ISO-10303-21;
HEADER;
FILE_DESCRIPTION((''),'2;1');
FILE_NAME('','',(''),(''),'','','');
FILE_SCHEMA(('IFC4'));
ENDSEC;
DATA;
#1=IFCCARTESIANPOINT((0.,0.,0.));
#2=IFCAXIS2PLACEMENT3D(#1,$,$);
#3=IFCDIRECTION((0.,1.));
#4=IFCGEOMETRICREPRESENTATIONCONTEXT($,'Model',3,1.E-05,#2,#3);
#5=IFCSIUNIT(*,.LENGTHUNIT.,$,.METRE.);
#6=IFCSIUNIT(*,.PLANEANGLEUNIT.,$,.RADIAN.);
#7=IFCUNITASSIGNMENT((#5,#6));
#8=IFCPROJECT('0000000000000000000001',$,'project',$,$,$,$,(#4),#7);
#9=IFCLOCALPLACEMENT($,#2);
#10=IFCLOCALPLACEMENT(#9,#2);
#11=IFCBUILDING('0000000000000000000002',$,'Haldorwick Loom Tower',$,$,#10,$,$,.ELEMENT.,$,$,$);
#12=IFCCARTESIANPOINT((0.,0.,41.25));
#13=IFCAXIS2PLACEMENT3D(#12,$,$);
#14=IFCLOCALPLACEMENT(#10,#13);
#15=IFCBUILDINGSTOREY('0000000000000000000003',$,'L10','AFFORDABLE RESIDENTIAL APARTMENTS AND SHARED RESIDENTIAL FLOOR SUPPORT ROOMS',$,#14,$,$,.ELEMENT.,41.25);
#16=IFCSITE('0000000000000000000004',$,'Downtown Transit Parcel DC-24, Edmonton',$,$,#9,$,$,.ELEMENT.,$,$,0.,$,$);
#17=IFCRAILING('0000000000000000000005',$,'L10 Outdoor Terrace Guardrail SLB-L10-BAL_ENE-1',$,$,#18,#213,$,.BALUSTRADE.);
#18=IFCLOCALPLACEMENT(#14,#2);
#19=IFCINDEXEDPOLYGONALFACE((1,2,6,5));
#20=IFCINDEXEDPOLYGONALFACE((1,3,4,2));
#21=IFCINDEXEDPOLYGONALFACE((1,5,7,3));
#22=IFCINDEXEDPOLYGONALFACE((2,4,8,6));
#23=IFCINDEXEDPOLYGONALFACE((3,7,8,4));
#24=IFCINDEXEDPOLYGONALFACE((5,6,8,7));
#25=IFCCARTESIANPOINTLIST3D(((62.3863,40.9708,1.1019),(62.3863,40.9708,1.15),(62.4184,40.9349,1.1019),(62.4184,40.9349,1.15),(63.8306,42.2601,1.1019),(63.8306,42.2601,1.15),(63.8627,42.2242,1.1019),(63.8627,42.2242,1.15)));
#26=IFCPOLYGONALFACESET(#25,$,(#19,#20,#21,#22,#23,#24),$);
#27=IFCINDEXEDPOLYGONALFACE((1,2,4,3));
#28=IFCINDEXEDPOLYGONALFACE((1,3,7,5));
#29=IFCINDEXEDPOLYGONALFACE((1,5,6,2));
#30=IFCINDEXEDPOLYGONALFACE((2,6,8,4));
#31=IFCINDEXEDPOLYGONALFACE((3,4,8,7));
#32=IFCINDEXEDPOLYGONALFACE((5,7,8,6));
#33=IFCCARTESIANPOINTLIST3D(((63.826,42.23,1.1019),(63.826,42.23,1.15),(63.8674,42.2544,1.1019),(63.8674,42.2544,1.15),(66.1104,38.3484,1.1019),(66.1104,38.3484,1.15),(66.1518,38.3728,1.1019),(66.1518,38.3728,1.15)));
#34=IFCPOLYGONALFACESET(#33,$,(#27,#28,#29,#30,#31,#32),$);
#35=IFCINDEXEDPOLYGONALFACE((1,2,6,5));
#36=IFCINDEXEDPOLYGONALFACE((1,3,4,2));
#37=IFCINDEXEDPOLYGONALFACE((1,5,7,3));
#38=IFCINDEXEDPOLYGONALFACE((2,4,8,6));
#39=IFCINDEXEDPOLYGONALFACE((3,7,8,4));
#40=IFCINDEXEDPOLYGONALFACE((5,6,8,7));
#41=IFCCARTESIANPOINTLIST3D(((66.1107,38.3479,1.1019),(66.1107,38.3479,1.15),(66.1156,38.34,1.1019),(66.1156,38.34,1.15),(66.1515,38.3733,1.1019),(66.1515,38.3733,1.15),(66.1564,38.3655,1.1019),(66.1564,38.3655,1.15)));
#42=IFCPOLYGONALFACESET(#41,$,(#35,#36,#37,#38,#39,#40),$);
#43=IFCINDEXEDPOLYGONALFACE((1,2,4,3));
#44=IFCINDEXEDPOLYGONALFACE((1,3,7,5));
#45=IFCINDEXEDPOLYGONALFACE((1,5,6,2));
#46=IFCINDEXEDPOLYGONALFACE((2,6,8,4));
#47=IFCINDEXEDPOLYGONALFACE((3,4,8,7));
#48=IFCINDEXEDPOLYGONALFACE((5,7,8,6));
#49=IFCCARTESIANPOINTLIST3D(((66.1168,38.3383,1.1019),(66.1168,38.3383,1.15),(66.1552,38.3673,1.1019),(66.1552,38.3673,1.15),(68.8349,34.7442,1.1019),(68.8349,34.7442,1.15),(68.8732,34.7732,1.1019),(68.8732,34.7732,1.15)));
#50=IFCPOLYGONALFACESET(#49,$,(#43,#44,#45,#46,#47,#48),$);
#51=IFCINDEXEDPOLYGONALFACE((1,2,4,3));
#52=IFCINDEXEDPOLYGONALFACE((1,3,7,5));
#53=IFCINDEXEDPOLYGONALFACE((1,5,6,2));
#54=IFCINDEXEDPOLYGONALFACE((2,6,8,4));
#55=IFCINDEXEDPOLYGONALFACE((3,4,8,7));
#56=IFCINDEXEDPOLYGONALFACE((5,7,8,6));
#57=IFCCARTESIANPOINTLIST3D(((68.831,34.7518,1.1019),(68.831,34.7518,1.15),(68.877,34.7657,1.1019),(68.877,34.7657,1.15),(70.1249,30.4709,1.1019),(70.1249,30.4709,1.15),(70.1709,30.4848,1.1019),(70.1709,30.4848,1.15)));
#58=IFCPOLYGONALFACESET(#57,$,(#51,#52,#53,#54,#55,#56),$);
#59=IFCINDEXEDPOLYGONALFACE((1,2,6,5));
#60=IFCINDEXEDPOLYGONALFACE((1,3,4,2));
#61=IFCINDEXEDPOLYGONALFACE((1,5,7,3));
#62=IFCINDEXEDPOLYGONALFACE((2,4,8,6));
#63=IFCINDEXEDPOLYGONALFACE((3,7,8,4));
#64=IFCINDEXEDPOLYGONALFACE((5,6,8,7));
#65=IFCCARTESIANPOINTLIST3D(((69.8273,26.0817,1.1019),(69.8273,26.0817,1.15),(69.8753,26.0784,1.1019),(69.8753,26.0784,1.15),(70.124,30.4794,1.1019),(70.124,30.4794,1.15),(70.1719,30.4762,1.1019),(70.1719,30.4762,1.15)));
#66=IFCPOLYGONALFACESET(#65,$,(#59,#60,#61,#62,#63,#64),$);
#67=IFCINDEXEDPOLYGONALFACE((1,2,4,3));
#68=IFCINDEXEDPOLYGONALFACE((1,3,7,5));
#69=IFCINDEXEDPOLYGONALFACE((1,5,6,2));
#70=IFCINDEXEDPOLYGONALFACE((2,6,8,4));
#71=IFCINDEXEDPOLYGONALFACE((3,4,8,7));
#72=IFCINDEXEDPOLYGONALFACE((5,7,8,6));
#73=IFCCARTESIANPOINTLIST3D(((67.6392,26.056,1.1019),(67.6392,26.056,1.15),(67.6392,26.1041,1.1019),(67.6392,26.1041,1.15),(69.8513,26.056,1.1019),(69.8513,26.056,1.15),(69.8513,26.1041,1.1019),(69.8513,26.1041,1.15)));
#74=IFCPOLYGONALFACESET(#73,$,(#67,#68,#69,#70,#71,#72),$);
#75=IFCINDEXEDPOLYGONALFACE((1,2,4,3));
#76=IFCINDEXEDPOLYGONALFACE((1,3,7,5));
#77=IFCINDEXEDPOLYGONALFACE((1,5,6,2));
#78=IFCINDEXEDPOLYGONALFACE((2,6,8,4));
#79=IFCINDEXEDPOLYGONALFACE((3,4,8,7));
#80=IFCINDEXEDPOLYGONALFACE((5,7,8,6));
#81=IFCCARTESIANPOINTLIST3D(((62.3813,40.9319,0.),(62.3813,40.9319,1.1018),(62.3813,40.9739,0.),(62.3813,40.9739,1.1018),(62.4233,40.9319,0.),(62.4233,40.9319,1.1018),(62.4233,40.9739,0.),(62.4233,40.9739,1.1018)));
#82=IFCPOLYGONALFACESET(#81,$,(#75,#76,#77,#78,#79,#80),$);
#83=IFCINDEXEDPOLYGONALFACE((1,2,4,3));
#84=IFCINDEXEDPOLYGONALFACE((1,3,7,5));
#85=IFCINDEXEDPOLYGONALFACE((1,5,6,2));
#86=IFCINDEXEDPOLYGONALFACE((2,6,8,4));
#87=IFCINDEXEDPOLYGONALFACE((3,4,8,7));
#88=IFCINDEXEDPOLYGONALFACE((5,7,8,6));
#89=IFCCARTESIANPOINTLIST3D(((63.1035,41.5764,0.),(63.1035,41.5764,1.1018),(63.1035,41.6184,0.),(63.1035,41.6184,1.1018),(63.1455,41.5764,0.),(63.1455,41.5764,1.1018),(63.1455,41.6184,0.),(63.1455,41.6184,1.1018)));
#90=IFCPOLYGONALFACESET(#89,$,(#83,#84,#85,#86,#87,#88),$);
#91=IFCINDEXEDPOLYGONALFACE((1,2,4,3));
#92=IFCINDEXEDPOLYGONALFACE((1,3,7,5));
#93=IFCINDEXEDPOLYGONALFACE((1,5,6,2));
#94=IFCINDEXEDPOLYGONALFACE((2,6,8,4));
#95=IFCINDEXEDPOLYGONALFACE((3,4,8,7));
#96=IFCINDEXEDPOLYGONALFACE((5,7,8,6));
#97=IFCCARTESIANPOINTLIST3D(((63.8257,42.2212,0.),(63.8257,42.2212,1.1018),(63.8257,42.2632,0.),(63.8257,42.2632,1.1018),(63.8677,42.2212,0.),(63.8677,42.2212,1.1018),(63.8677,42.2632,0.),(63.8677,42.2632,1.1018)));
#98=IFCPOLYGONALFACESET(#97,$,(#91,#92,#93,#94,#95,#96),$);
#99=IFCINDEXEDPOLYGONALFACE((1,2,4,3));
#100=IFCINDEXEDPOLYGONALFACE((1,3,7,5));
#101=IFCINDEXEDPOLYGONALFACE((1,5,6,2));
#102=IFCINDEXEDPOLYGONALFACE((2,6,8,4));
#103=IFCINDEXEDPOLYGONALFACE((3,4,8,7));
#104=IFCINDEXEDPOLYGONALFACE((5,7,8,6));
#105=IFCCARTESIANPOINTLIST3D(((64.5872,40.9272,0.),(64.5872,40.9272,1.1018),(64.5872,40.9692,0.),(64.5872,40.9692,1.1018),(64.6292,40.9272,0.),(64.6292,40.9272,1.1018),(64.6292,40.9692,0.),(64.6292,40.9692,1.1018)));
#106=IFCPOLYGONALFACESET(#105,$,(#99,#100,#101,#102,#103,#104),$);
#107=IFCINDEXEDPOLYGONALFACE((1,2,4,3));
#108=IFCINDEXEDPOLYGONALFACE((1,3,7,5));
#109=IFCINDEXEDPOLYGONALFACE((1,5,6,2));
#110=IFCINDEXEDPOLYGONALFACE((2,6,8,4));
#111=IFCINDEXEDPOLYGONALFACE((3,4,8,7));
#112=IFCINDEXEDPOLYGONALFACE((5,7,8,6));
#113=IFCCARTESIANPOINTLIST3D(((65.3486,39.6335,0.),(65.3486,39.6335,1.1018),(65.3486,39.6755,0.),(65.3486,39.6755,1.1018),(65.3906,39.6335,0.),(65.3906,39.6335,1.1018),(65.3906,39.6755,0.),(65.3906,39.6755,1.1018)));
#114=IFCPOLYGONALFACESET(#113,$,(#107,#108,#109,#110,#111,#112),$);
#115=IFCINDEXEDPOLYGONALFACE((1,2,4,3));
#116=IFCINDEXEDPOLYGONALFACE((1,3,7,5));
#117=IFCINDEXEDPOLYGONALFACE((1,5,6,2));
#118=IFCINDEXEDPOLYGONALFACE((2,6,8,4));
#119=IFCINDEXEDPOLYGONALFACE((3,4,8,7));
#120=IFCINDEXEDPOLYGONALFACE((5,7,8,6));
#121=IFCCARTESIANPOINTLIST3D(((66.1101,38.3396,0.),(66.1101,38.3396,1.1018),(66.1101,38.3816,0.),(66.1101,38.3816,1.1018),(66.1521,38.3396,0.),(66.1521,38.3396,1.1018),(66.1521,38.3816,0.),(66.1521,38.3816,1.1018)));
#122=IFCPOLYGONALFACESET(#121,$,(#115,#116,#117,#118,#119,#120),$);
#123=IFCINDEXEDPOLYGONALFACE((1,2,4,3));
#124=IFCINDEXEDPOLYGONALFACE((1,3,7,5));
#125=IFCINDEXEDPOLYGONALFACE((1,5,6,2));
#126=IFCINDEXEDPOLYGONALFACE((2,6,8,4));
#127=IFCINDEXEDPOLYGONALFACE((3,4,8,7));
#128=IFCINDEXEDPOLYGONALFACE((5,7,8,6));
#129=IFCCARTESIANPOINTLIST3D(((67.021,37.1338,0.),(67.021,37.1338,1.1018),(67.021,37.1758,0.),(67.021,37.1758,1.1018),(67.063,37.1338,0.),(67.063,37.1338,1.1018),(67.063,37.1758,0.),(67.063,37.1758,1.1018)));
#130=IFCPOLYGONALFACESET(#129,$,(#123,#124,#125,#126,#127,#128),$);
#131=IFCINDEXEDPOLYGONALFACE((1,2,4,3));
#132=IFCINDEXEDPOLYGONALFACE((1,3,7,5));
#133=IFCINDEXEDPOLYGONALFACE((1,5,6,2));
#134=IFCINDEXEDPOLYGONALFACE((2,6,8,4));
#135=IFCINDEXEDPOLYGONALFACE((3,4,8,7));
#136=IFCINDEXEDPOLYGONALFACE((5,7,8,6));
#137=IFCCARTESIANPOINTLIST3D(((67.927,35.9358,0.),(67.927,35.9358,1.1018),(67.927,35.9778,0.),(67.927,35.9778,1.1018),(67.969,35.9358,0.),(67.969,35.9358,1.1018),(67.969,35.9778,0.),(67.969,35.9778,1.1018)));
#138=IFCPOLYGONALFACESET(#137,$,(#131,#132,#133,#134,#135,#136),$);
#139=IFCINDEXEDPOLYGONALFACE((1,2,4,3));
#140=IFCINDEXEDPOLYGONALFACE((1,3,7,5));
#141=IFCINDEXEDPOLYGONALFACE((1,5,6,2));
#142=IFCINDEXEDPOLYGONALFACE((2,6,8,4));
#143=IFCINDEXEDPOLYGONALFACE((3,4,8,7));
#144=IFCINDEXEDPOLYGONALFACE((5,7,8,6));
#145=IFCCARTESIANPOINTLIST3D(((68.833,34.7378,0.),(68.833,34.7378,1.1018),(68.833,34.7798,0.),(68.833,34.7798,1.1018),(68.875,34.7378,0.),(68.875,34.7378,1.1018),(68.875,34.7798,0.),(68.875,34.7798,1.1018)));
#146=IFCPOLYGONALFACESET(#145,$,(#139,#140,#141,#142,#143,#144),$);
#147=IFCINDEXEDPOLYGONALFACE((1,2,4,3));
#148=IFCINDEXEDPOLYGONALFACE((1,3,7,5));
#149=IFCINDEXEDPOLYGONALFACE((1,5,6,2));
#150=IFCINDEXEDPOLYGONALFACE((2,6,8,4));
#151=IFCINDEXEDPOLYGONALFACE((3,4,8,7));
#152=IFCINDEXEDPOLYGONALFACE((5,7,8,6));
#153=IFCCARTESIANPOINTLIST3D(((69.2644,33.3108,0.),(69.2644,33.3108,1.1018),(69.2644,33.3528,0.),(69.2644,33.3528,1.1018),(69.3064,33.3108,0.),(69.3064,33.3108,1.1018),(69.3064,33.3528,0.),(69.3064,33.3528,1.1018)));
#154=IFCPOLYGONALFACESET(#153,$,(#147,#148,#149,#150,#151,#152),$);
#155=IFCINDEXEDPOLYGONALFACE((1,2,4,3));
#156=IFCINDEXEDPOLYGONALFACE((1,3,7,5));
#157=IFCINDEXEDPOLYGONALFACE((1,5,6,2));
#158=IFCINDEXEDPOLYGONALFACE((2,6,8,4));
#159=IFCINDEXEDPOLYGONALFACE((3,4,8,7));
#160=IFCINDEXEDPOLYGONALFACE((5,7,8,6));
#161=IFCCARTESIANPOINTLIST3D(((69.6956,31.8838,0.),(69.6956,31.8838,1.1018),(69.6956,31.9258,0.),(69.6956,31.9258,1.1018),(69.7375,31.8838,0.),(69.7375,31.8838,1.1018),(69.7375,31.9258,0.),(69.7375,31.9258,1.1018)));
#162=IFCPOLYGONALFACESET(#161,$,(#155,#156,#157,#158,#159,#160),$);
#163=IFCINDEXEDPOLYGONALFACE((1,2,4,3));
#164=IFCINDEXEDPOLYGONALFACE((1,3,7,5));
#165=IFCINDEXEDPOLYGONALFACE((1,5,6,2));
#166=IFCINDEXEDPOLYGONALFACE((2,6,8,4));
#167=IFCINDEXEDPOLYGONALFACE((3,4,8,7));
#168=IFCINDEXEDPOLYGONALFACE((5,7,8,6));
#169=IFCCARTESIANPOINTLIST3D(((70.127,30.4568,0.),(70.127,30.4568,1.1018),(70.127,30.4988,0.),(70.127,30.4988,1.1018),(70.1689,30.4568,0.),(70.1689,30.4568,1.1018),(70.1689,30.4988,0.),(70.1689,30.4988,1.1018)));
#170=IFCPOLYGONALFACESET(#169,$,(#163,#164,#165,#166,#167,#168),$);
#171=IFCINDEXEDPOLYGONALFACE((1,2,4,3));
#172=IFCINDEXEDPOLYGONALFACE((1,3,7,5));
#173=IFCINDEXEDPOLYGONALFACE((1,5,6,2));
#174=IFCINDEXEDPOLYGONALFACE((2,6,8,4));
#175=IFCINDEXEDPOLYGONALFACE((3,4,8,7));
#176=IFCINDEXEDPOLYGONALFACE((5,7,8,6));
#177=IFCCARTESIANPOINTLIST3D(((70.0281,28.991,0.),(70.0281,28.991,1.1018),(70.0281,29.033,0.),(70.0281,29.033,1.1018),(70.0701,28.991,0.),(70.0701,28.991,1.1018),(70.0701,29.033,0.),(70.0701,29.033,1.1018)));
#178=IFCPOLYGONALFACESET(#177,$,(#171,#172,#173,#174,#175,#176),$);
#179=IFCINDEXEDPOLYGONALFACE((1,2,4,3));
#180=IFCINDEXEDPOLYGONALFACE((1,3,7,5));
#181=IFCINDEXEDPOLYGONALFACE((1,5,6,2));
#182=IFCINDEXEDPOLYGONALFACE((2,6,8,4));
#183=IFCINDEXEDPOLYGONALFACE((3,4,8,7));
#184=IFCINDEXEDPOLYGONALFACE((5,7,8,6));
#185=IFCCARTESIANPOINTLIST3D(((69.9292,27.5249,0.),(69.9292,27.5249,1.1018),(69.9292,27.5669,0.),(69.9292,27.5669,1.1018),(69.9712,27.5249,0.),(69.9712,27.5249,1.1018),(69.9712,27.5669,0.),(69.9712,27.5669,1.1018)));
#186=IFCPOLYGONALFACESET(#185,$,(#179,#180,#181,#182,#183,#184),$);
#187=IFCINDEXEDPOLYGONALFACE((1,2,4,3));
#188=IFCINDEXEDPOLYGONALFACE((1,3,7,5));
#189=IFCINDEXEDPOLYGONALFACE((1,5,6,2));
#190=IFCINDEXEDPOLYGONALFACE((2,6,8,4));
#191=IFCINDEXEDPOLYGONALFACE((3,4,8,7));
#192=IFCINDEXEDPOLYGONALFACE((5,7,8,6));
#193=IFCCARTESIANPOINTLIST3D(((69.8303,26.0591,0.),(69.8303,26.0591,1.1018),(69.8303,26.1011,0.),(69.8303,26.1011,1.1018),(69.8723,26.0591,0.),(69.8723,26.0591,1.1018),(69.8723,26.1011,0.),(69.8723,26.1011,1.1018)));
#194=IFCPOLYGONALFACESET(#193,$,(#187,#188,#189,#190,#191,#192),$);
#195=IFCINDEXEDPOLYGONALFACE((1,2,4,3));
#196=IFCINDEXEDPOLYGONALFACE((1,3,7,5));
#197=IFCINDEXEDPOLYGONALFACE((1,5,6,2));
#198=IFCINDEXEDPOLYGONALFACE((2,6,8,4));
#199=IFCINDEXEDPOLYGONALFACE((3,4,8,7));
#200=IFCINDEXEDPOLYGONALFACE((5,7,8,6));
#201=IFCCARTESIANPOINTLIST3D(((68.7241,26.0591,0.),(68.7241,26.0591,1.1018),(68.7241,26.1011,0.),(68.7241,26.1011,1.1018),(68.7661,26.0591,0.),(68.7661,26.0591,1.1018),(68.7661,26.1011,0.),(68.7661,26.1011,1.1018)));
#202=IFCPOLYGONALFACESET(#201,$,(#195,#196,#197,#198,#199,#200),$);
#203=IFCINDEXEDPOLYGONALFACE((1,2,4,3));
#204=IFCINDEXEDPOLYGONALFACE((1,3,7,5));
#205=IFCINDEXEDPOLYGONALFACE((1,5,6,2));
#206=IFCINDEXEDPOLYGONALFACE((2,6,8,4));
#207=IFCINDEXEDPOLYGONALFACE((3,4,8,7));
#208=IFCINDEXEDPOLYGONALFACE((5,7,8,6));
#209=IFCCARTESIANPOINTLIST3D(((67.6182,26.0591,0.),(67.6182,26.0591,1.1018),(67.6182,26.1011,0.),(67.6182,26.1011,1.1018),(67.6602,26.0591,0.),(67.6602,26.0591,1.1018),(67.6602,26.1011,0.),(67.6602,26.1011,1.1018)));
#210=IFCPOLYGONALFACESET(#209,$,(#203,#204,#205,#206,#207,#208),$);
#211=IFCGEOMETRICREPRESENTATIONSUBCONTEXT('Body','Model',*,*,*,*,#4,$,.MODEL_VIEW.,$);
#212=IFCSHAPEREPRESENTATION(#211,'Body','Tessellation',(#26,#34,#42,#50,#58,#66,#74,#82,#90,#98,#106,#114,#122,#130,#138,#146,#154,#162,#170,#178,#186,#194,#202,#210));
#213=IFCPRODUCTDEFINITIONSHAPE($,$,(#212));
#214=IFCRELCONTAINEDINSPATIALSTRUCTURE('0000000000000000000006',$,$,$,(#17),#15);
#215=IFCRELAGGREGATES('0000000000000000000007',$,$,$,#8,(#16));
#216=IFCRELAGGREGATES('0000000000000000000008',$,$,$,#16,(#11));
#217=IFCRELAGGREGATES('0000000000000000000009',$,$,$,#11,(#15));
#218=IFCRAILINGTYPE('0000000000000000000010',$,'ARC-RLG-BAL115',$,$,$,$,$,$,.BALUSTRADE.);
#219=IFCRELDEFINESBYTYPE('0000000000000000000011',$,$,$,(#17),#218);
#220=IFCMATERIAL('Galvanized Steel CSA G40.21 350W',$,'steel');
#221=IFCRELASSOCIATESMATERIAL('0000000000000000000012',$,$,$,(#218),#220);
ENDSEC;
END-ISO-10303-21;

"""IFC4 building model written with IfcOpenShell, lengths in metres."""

from ifc_helpers import new_model, si_unit, direction, frame, origin, origin_2d, place, context, subcontext, project, spatial, rectangle, extrude, material, type_object, element, save


model = new_model("IFC4")

# Units and contexts
model_context = context("Model", 3, precision=1e-05, world=origin(), true_north=direction((0.0, 1.0)))
body_context = subcontext(model_context, "Body", "Model", "MODEL_VIEW")
ifc_project = project(units=[si_unit("LENGTHUNIT", "METRE"), si_unit("PLANEANGLEUNIT", "RADIAN")], contexts=[model_context])

# Site, building, storey
site_placement = place(None, origin())
site = spatial("IfcSite", under=ifc_project, at=site_placement, Name="Downtown Transit Parcel DC-24, Edmonton", CompositionType="ELEMENT", RefElevation=0.0)
building_placement = place(site_placement, origin())
building = spatial("IfcBuilding", under=site, at=building_placement, Name="Haldorwick Loom Tower", CompositionType="ELEMENT")
storey_placement = place(building_placement, frame((0.0, 0.0, 41.25)))
storey = spatial("IfcBuildingStorey", under=building, at=storey_placement, Name="L10", Description="AFFORDABLE RESIDENTIAL APARTMENTS AND SHARED RESIDENTIAL FLOOR SUPPORT ROOMS", CompositionType="ELEMENT", Elevation=41.25)

# Railing
ifc_material_1 = material(Name="Galvanized Steel CSA G40.21 350W", Category="steel")
railing_type = type_object("IfcRailingType", Name="ARC-RLG-BAL115", PredefinedType="BALUSTRADE", material=ifc_material_1)
railing_placement = place(storey_placement, frame((62.4023, 40.9529, 0.0)))
element("IfcRailing", 1, at=railing_placement, inside=storey, type_object=railing_type, Name="L10 Outdoor Terrace Guardrail SLB-L10-BAL_ENE-1", PredefinedType="BALUSTRADE", context=body_context, shape_type="SweptSolid", body=[
    extrude(rectangle(XDim=0.0481, YDim=0.0481, at=origin_2d()), frame((0.0, 0.0, 1.126), z_axis=(0.746009, 0.665936, 0.0), x_axis=(-0.665936, 0.746009, 0.0)), (0.0, 0.0, 1.0), 1.936),
    extrude(rectangle(XDim=0.0481, YDim=0.0481, at=origin_2d()), frame((1.4443, 1.2893, 1.126), z_axis=(0.507207, -0.861824, 0.0), x_axis=(0.861824, 0.507207, 0.0)), (0.0, 0.0, 1.0), 4.5039),
    extrude(rectangle(XDim=0.0481, YDim=0.0481, at=origin_2d()), frame((3.7288, -2.5923, 1.126), z_axis=(0.529999, -0.847998, 0.0), x_axis=(0.847998, 0.529999, 0.0)), (0.0, 0.0, 1.0), 0.0093),
    extrude(rectangle(XDim=0.0481, YDim=0.0481, at=origin_2d()), frame((3.7336, -2.6001, 1.126), z_axis=(0.603194, -0.797594, 0.0), x_axis=(0.797594, 0.603194, 0.0)), (0.0, 0.0, 1.0), 4.5061),
    extrude(rectangle(XDim=0.0481, YDim=0.0481, at=origin_2d()), frame((6.4517, -6.1941, 1.126), z_axis=(0.289326, -0.957231, 0.0), x_axis=(0.957231, 0.289326, 0.0)), (0.0, 0.0, 1.0), 4.4722),
    extrude(rectangle(XDim=0.0481, YDim=0.0481, at=origin_2d()), frame((7.7456, -10.4751, 1.126), z_axis=(-0.067298, -0.997733, 0.0), x_axis=(0.997733, -0.067298, 0.0)), (0.0, 0.0, 1.0), 4.4077),
    extrude(rectangle(XDim=0.0481, YDim=0.0481, at=origin_2d()), frame((7.449, -14.8728, 1.126), z_axis=(-1.0, 0.0, 0.0), x_axis=(0.0, -1.0, 0.0)), (0.0, 0.0, 1.0), 2.2122),
    extrude(rectangle(XDim=0.042, YDim=0.042, at=origin_2d()), origin(), (0.0, 0.0, 1.0), 1.1018),
    extrude(rectangle(XDim=0.042, YDim=0.042, at=origin_2d()), frame((0.7222, 0.6445, 0.0)), (0.0, 0.0, 1.0), 1.1018),
    extrude(rectangle(XDim=0.042, YDim=0.042, at=origin_2d()), frame((1.4443, 1.2893, 0.0)), (0.0, 0.0, 1.0), 1.1018),
    extrude(rectangle(XDim=0.042, YDim=0.042, at=origin_2d()), frame((2.2058, -0.0046, 0.0)), (0.0, 0.0, 1.0), 1.1018),
    extrude(rectangle(XDim=0.042, YDim=0.042, at=origin_2d()), frame((2.9673, -1.2983, 0.0)), (0.0, 0.0, 1.0), 1.1018),
    extrude(rectangle(XDim=0.042, YDim=0.042, at=origin_2d()), frame((3.7288, -2.5923, 0.0)), (0.0, 0.0, 1.0), 1.1018),
    extrude(rectangle(XDim=0.042, YDim=0.042, at=origin_2d()), frame((4.6396, -3.7981, 0.0)), (0.0, 0.0, 1.0), 1.1018),
    extrude(rectangle(XDim=0.042, YDim=0.042, at=origin_2d()), frame((5.5457, -4.9961, 0.0)), (0.0, 0.0, 1.0), 1.1018),
    extrude(rectangle(XDim=0.042, YDim=0.042, at=origin_2d()), frame((6.4517, -6.1941, 0.0)), (0.0, 0.0, 1.0), 1.1018),
    extrude(rectangle(XDim=0.042, YDim=0.042, at=origin_2d()), frame((6.8831, -7.6211, 0.0)), (0.0, 0.0, 1.0), 1.1018),
    extrude(rectangle(XDim=0.042, YDim=0.042, at=origin_2d()), frame((7.3142, -9.0481, 0.0)), (0.0, 0.0, 1.0), 1.1018),
    extrude(rectangle(XDim=0.042, YDim=0.042, at=origin_2d()), frame((7.7456, -10.4751, 0.0)), (0.0, 0.0, 1.0), 1.1018),
    extrude(rectangle(XDim=0.042, YDim=0.042, at=origin_2d()), frame((7.6467, -11.9409, 0.0)), (0.0, 0.0, 1.0), 1.1018),
    extrude(rectangle(XDim=0.042, YDim=0.042, at=origin_2d()), frame((7.5479, -13.407, 0.0)), (0.0, 0.0, 1.0), 1.1018),
    extrude(rectangle(XDim=0.042, YDim=0.042, at=origin_2d()), frame((7.449, -14.8728, 0.0)), (0.0, 0.0, 1.0), 1.1018),
    extrude(rectangle(XDim=0.042, YDim=0.042, at=origin_2d()), frame((6.3428, -14.8728, 0.0)), (0.0, 0.0, 1.0), 1.1018),
    extrude(rectangle(XDim=0.042, YDim=0.042, at=origin_2d()), frame((5.2368, -14.8728, 0.0)), (0.0, 0.0, 1.0), 1.1018),
])

save(model, "model.ifc")
